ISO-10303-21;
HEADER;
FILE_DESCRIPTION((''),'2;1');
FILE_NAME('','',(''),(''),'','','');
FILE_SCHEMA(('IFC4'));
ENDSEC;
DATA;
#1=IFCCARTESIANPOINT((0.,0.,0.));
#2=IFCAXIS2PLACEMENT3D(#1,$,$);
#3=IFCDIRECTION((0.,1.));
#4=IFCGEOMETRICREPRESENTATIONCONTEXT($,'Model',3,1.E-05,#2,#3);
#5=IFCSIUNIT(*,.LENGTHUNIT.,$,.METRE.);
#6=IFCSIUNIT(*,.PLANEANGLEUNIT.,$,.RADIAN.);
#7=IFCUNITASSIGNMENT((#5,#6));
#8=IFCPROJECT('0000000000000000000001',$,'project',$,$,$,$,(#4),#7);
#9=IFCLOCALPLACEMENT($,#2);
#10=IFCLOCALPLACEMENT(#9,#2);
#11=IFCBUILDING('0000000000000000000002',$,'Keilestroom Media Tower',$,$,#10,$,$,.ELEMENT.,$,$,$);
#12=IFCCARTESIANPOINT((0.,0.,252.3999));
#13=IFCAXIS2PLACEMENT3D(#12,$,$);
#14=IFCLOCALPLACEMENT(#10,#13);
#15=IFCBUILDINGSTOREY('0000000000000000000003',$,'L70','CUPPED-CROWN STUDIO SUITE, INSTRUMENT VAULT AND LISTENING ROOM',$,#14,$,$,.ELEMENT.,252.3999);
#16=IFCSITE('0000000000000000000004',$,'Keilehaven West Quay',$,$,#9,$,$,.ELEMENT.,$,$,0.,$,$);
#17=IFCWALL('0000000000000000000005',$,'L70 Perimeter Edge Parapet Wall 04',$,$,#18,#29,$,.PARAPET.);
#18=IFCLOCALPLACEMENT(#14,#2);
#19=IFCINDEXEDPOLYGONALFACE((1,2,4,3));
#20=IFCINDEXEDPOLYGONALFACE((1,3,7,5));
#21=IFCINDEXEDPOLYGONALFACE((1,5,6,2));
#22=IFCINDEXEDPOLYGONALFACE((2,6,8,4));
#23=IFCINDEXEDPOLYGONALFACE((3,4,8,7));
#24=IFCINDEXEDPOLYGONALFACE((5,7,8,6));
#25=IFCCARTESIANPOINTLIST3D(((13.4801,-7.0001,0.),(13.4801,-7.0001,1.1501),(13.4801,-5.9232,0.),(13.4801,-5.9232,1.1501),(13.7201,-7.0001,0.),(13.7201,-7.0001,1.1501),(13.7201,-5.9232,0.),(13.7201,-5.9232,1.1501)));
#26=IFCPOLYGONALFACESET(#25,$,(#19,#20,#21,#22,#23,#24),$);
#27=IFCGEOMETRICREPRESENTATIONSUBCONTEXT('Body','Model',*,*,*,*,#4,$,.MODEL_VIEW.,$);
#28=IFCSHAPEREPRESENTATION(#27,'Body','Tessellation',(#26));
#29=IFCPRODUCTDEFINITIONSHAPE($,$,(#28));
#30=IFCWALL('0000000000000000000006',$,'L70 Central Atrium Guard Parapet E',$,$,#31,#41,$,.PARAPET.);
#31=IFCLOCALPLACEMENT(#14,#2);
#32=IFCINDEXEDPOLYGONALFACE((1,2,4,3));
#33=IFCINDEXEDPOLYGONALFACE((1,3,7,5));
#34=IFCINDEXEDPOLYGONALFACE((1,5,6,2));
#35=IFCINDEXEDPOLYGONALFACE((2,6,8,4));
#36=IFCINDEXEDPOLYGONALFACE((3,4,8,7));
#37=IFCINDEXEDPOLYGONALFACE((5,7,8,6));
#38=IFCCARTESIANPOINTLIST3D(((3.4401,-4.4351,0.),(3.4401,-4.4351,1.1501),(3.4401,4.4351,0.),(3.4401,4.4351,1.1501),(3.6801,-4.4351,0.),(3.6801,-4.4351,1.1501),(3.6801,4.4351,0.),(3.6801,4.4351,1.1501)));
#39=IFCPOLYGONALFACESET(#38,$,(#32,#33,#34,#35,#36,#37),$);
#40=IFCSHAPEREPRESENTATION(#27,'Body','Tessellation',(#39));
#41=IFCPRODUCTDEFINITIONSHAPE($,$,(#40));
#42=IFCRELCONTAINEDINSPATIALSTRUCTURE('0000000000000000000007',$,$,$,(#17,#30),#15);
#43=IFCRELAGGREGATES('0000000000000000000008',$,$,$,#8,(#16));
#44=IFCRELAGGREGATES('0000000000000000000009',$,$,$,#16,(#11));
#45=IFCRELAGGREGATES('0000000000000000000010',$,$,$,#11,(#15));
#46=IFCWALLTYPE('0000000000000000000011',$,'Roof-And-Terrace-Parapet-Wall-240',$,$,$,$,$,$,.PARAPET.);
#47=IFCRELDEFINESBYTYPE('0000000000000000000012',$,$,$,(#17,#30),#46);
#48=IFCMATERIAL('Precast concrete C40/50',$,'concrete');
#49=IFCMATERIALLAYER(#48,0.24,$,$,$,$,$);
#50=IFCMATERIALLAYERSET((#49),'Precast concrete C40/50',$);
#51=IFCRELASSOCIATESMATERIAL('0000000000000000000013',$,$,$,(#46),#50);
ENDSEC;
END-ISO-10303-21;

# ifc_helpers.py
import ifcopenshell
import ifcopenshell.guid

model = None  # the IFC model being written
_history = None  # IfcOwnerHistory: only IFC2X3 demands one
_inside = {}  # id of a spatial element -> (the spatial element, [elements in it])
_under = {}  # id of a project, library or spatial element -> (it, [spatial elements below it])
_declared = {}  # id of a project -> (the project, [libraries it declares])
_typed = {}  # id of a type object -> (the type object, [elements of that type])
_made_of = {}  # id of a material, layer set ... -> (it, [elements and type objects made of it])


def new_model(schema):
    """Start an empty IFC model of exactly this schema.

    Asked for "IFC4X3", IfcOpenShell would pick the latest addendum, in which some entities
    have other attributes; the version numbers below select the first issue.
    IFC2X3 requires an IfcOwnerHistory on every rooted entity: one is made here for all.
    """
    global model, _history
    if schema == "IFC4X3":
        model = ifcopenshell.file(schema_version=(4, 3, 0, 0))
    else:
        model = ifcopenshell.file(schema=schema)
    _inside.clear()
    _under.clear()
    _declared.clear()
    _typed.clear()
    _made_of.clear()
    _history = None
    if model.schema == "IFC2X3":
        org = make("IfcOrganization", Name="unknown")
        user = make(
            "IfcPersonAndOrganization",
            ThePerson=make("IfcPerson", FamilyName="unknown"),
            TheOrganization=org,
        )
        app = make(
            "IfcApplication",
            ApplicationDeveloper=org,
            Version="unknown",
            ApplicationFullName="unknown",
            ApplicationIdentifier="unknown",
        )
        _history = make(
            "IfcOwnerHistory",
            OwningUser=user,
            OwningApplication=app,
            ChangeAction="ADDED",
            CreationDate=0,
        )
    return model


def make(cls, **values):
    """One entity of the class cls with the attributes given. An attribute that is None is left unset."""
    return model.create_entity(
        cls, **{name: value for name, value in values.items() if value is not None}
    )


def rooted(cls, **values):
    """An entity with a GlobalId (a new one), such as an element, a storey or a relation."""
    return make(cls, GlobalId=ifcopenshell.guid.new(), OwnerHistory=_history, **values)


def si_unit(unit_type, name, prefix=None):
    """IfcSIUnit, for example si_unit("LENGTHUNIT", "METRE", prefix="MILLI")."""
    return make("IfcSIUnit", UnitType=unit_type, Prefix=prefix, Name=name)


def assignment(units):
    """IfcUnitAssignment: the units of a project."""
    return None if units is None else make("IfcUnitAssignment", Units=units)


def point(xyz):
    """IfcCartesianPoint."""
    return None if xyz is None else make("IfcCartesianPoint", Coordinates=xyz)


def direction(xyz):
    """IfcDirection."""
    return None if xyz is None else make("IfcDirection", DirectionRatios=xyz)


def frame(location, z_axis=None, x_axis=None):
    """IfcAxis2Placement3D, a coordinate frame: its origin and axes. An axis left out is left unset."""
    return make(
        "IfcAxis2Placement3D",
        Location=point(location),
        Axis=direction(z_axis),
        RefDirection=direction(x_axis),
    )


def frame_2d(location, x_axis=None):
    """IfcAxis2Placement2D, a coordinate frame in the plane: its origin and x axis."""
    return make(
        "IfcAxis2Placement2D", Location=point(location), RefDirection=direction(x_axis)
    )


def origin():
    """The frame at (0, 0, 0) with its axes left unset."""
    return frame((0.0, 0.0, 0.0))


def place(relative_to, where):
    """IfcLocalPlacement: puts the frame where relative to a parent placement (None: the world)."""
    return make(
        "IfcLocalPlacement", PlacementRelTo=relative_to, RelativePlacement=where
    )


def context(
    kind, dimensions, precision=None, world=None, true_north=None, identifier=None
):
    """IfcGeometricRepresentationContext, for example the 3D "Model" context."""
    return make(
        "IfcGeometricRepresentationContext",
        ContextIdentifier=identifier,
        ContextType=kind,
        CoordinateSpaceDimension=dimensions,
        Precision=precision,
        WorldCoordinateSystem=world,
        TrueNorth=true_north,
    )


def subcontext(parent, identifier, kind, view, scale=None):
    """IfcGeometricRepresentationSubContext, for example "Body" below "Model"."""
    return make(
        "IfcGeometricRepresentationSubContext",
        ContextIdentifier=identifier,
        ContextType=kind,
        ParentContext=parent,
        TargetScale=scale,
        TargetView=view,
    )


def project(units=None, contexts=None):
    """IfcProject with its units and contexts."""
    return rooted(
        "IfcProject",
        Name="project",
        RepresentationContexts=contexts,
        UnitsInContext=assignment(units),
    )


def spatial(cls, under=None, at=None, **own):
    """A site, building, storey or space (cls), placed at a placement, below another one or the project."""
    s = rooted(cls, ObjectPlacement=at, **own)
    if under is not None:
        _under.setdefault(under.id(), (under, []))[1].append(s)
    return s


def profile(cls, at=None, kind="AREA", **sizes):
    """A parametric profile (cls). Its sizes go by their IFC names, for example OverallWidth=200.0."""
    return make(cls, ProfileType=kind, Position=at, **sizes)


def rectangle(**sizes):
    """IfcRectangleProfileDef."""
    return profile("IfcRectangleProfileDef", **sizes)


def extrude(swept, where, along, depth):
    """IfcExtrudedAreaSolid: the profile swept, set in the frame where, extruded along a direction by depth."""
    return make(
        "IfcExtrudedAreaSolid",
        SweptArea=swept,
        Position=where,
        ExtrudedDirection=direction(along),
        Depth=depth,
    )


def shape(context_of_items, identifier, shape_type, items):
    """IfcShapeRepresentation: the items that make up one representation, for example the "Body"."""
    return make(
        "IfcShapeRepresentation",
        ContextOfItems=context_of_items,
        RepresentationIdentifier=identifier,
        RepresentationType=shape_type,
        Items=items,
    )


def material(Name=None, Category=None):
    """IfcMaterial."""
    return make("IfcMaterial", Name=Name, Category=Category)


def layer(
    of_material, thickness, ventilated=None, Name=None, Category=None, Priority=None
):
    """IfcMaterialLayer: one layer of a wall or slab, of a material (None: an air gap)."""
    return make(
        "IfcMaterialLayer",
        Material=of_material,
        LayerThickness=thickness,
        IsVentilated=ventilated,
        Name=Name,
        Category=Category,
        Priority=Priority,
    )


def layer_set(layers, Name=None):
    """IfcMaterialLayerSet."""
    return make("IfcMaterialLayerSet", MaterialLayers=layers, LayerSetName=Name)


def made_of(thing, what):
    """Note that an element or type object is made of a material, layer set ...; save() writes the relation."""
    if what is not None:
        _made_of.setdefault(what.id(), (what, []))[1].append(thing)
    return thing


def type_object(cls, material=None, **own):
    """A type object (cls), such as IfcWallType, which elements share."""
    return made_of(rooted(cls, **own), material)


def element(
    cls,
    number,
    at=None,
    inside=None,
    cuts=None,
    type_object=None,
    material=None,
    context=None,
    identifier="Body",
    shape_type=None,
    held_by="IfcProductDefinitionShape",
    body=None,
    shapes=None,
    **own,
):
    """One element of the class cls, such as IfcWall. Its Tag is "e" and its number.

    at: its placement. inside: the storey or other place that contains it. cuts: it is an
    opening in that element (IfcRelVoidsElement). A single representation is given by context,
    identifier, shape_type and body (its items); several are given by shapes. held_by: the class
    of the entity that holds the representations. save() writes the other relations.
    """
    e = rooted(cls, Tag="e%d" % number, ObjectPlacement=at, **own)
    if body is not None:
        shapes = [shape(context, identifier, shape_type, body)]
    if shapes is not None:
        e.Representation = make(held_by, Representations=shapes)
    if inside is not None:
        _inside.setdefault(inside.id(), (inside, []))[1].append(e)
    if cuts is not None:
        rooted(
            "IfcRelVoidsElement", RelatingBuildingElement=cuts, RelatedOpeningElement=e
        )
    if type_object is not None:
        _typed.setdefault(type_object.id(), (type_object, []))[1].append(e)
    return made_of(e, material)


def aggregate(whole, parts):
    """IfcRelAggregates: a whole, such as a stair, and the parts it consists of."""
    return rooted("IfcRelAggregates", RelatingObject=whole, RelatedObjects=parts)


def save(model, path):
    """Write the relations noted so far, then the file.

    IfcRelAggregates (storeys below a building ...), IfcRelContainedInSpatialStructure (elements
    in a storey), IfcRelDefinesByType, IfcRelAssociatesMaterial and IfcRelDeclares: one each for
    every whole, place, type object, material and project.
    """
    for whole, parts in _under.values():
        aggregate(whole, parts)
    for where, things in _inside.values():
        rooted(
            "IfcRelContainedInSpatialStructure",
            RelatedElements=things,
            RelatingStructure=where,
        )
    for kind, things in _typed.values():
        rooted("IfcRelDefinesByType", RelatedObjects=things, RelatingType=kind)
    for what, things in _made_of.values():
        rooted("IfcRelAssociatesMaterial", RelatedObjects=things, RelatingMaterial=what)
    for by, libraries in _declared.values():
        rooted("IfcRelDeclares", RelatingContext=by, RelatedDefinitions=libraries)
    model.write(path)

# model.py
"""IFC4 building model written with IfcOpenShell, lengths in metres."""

from ifc_helpers import new_model, si_unit, direction, frame, frame_2d, origin, place, context, subcontext, project, spatial, rectangle, extrude, material, layer, layer_set, type_object, element, save


model = new_model("IFC4")

# Units and contexts
model_context = context("Model", 3, precision=1e-05, world=origin(), true_north=direction((0.0, 1.0)))
body_context = subcontext(model_context, "Body", "Model", "MODEL_VIEW")
ifc_project = project(units=[si_unit("LENGTHUNIT", "METRE"), si_unit("PLANEANGLEUNIT", "RADIAN")], contexts=[model_context])

# Site, building, storey
site_placement = place(None, origin())
site = spatial("IfcSite", under=ifc_project, at=site_placement, Name="Keilehaven West Quay", CompositionType="ELEMENT", RefElevation=0.0)
building_placement = place(site_placement, origin())
building = spatial("IfcBuilding", under=site, at=building_placement, Name="Keilestroom Media Tower", CompositionType="ELEMENT")
storey_placement = place(building_placement, frame((0.0, 0.0, 252.3999)))
storey = spatial("IfcBuildingStorey", under=building, at=storey_placement, Name="L70", Description="CUPPED-CROWN STUDIO SUITE, INSTRUMENT VAULT AND LISTENING ROOM", CompositionType="ELEMENT", Elevation=252.3999)

# Walls
ifc_material_1 = material(Name="Precast concrete C40/50", Category="concrete")
ifc_layer_1 = layer(ifc_material_1, 0.24)
ifc_layer_set_1 = layer_set([ifc_layer_1], Name="Precast concrete C40/50")
wall_type_1 = type_object("IfcWallType", Name="Roof-And-Terrace-Parapet-Wall-240", PredefinedType="PARAPET", material=ifc_layer_set_1)
wall_1_placement = place(storey_placement, frame((13.6001, -5.9231, 0.0), z_axis=(0.0, 0.0, 1.0), x_axis=(0.0, -1.0, 0.0)))
element("IfcWall", 1, at=wall_1_placement, inside=storey, type_object=wall_type_1, Name="L70 Perimeter Edge Parapet Wall 04", PredefinedType="PARAPET", context=body_context, shape_type="SweptSolid", body=[
    extrude(rectangle(XDim=1.0769, YDim=0.24, at=frame_2d((0.5386, 0.0))), origin(), (0.0, 0.0, 1.0), 1.1501),
])
wall_2_placement = place(storey_placement, frame((3.5601, -4.4351, 0.0), z_axis=(0.0, 0.0, 1.0), x_axis=(0.0, 1.0, 0.0)))
element("IfcWall", 2, at=wall_2_placement, inside=storey, type_object=wall_type_1, Name="L70 Central Atrium Guard Parapet E", PredefinedType="PARAPET", context=body_context, shape_type="SweptSolid", body=[
    extrude(rectangle(XDim=8.8701, YDim=0.24, at=frame_2d((4.4351, 0.0))), origin(), (0.0, 0.0, 1.0), 1.1501),
])

save(model, "model.ifc")
